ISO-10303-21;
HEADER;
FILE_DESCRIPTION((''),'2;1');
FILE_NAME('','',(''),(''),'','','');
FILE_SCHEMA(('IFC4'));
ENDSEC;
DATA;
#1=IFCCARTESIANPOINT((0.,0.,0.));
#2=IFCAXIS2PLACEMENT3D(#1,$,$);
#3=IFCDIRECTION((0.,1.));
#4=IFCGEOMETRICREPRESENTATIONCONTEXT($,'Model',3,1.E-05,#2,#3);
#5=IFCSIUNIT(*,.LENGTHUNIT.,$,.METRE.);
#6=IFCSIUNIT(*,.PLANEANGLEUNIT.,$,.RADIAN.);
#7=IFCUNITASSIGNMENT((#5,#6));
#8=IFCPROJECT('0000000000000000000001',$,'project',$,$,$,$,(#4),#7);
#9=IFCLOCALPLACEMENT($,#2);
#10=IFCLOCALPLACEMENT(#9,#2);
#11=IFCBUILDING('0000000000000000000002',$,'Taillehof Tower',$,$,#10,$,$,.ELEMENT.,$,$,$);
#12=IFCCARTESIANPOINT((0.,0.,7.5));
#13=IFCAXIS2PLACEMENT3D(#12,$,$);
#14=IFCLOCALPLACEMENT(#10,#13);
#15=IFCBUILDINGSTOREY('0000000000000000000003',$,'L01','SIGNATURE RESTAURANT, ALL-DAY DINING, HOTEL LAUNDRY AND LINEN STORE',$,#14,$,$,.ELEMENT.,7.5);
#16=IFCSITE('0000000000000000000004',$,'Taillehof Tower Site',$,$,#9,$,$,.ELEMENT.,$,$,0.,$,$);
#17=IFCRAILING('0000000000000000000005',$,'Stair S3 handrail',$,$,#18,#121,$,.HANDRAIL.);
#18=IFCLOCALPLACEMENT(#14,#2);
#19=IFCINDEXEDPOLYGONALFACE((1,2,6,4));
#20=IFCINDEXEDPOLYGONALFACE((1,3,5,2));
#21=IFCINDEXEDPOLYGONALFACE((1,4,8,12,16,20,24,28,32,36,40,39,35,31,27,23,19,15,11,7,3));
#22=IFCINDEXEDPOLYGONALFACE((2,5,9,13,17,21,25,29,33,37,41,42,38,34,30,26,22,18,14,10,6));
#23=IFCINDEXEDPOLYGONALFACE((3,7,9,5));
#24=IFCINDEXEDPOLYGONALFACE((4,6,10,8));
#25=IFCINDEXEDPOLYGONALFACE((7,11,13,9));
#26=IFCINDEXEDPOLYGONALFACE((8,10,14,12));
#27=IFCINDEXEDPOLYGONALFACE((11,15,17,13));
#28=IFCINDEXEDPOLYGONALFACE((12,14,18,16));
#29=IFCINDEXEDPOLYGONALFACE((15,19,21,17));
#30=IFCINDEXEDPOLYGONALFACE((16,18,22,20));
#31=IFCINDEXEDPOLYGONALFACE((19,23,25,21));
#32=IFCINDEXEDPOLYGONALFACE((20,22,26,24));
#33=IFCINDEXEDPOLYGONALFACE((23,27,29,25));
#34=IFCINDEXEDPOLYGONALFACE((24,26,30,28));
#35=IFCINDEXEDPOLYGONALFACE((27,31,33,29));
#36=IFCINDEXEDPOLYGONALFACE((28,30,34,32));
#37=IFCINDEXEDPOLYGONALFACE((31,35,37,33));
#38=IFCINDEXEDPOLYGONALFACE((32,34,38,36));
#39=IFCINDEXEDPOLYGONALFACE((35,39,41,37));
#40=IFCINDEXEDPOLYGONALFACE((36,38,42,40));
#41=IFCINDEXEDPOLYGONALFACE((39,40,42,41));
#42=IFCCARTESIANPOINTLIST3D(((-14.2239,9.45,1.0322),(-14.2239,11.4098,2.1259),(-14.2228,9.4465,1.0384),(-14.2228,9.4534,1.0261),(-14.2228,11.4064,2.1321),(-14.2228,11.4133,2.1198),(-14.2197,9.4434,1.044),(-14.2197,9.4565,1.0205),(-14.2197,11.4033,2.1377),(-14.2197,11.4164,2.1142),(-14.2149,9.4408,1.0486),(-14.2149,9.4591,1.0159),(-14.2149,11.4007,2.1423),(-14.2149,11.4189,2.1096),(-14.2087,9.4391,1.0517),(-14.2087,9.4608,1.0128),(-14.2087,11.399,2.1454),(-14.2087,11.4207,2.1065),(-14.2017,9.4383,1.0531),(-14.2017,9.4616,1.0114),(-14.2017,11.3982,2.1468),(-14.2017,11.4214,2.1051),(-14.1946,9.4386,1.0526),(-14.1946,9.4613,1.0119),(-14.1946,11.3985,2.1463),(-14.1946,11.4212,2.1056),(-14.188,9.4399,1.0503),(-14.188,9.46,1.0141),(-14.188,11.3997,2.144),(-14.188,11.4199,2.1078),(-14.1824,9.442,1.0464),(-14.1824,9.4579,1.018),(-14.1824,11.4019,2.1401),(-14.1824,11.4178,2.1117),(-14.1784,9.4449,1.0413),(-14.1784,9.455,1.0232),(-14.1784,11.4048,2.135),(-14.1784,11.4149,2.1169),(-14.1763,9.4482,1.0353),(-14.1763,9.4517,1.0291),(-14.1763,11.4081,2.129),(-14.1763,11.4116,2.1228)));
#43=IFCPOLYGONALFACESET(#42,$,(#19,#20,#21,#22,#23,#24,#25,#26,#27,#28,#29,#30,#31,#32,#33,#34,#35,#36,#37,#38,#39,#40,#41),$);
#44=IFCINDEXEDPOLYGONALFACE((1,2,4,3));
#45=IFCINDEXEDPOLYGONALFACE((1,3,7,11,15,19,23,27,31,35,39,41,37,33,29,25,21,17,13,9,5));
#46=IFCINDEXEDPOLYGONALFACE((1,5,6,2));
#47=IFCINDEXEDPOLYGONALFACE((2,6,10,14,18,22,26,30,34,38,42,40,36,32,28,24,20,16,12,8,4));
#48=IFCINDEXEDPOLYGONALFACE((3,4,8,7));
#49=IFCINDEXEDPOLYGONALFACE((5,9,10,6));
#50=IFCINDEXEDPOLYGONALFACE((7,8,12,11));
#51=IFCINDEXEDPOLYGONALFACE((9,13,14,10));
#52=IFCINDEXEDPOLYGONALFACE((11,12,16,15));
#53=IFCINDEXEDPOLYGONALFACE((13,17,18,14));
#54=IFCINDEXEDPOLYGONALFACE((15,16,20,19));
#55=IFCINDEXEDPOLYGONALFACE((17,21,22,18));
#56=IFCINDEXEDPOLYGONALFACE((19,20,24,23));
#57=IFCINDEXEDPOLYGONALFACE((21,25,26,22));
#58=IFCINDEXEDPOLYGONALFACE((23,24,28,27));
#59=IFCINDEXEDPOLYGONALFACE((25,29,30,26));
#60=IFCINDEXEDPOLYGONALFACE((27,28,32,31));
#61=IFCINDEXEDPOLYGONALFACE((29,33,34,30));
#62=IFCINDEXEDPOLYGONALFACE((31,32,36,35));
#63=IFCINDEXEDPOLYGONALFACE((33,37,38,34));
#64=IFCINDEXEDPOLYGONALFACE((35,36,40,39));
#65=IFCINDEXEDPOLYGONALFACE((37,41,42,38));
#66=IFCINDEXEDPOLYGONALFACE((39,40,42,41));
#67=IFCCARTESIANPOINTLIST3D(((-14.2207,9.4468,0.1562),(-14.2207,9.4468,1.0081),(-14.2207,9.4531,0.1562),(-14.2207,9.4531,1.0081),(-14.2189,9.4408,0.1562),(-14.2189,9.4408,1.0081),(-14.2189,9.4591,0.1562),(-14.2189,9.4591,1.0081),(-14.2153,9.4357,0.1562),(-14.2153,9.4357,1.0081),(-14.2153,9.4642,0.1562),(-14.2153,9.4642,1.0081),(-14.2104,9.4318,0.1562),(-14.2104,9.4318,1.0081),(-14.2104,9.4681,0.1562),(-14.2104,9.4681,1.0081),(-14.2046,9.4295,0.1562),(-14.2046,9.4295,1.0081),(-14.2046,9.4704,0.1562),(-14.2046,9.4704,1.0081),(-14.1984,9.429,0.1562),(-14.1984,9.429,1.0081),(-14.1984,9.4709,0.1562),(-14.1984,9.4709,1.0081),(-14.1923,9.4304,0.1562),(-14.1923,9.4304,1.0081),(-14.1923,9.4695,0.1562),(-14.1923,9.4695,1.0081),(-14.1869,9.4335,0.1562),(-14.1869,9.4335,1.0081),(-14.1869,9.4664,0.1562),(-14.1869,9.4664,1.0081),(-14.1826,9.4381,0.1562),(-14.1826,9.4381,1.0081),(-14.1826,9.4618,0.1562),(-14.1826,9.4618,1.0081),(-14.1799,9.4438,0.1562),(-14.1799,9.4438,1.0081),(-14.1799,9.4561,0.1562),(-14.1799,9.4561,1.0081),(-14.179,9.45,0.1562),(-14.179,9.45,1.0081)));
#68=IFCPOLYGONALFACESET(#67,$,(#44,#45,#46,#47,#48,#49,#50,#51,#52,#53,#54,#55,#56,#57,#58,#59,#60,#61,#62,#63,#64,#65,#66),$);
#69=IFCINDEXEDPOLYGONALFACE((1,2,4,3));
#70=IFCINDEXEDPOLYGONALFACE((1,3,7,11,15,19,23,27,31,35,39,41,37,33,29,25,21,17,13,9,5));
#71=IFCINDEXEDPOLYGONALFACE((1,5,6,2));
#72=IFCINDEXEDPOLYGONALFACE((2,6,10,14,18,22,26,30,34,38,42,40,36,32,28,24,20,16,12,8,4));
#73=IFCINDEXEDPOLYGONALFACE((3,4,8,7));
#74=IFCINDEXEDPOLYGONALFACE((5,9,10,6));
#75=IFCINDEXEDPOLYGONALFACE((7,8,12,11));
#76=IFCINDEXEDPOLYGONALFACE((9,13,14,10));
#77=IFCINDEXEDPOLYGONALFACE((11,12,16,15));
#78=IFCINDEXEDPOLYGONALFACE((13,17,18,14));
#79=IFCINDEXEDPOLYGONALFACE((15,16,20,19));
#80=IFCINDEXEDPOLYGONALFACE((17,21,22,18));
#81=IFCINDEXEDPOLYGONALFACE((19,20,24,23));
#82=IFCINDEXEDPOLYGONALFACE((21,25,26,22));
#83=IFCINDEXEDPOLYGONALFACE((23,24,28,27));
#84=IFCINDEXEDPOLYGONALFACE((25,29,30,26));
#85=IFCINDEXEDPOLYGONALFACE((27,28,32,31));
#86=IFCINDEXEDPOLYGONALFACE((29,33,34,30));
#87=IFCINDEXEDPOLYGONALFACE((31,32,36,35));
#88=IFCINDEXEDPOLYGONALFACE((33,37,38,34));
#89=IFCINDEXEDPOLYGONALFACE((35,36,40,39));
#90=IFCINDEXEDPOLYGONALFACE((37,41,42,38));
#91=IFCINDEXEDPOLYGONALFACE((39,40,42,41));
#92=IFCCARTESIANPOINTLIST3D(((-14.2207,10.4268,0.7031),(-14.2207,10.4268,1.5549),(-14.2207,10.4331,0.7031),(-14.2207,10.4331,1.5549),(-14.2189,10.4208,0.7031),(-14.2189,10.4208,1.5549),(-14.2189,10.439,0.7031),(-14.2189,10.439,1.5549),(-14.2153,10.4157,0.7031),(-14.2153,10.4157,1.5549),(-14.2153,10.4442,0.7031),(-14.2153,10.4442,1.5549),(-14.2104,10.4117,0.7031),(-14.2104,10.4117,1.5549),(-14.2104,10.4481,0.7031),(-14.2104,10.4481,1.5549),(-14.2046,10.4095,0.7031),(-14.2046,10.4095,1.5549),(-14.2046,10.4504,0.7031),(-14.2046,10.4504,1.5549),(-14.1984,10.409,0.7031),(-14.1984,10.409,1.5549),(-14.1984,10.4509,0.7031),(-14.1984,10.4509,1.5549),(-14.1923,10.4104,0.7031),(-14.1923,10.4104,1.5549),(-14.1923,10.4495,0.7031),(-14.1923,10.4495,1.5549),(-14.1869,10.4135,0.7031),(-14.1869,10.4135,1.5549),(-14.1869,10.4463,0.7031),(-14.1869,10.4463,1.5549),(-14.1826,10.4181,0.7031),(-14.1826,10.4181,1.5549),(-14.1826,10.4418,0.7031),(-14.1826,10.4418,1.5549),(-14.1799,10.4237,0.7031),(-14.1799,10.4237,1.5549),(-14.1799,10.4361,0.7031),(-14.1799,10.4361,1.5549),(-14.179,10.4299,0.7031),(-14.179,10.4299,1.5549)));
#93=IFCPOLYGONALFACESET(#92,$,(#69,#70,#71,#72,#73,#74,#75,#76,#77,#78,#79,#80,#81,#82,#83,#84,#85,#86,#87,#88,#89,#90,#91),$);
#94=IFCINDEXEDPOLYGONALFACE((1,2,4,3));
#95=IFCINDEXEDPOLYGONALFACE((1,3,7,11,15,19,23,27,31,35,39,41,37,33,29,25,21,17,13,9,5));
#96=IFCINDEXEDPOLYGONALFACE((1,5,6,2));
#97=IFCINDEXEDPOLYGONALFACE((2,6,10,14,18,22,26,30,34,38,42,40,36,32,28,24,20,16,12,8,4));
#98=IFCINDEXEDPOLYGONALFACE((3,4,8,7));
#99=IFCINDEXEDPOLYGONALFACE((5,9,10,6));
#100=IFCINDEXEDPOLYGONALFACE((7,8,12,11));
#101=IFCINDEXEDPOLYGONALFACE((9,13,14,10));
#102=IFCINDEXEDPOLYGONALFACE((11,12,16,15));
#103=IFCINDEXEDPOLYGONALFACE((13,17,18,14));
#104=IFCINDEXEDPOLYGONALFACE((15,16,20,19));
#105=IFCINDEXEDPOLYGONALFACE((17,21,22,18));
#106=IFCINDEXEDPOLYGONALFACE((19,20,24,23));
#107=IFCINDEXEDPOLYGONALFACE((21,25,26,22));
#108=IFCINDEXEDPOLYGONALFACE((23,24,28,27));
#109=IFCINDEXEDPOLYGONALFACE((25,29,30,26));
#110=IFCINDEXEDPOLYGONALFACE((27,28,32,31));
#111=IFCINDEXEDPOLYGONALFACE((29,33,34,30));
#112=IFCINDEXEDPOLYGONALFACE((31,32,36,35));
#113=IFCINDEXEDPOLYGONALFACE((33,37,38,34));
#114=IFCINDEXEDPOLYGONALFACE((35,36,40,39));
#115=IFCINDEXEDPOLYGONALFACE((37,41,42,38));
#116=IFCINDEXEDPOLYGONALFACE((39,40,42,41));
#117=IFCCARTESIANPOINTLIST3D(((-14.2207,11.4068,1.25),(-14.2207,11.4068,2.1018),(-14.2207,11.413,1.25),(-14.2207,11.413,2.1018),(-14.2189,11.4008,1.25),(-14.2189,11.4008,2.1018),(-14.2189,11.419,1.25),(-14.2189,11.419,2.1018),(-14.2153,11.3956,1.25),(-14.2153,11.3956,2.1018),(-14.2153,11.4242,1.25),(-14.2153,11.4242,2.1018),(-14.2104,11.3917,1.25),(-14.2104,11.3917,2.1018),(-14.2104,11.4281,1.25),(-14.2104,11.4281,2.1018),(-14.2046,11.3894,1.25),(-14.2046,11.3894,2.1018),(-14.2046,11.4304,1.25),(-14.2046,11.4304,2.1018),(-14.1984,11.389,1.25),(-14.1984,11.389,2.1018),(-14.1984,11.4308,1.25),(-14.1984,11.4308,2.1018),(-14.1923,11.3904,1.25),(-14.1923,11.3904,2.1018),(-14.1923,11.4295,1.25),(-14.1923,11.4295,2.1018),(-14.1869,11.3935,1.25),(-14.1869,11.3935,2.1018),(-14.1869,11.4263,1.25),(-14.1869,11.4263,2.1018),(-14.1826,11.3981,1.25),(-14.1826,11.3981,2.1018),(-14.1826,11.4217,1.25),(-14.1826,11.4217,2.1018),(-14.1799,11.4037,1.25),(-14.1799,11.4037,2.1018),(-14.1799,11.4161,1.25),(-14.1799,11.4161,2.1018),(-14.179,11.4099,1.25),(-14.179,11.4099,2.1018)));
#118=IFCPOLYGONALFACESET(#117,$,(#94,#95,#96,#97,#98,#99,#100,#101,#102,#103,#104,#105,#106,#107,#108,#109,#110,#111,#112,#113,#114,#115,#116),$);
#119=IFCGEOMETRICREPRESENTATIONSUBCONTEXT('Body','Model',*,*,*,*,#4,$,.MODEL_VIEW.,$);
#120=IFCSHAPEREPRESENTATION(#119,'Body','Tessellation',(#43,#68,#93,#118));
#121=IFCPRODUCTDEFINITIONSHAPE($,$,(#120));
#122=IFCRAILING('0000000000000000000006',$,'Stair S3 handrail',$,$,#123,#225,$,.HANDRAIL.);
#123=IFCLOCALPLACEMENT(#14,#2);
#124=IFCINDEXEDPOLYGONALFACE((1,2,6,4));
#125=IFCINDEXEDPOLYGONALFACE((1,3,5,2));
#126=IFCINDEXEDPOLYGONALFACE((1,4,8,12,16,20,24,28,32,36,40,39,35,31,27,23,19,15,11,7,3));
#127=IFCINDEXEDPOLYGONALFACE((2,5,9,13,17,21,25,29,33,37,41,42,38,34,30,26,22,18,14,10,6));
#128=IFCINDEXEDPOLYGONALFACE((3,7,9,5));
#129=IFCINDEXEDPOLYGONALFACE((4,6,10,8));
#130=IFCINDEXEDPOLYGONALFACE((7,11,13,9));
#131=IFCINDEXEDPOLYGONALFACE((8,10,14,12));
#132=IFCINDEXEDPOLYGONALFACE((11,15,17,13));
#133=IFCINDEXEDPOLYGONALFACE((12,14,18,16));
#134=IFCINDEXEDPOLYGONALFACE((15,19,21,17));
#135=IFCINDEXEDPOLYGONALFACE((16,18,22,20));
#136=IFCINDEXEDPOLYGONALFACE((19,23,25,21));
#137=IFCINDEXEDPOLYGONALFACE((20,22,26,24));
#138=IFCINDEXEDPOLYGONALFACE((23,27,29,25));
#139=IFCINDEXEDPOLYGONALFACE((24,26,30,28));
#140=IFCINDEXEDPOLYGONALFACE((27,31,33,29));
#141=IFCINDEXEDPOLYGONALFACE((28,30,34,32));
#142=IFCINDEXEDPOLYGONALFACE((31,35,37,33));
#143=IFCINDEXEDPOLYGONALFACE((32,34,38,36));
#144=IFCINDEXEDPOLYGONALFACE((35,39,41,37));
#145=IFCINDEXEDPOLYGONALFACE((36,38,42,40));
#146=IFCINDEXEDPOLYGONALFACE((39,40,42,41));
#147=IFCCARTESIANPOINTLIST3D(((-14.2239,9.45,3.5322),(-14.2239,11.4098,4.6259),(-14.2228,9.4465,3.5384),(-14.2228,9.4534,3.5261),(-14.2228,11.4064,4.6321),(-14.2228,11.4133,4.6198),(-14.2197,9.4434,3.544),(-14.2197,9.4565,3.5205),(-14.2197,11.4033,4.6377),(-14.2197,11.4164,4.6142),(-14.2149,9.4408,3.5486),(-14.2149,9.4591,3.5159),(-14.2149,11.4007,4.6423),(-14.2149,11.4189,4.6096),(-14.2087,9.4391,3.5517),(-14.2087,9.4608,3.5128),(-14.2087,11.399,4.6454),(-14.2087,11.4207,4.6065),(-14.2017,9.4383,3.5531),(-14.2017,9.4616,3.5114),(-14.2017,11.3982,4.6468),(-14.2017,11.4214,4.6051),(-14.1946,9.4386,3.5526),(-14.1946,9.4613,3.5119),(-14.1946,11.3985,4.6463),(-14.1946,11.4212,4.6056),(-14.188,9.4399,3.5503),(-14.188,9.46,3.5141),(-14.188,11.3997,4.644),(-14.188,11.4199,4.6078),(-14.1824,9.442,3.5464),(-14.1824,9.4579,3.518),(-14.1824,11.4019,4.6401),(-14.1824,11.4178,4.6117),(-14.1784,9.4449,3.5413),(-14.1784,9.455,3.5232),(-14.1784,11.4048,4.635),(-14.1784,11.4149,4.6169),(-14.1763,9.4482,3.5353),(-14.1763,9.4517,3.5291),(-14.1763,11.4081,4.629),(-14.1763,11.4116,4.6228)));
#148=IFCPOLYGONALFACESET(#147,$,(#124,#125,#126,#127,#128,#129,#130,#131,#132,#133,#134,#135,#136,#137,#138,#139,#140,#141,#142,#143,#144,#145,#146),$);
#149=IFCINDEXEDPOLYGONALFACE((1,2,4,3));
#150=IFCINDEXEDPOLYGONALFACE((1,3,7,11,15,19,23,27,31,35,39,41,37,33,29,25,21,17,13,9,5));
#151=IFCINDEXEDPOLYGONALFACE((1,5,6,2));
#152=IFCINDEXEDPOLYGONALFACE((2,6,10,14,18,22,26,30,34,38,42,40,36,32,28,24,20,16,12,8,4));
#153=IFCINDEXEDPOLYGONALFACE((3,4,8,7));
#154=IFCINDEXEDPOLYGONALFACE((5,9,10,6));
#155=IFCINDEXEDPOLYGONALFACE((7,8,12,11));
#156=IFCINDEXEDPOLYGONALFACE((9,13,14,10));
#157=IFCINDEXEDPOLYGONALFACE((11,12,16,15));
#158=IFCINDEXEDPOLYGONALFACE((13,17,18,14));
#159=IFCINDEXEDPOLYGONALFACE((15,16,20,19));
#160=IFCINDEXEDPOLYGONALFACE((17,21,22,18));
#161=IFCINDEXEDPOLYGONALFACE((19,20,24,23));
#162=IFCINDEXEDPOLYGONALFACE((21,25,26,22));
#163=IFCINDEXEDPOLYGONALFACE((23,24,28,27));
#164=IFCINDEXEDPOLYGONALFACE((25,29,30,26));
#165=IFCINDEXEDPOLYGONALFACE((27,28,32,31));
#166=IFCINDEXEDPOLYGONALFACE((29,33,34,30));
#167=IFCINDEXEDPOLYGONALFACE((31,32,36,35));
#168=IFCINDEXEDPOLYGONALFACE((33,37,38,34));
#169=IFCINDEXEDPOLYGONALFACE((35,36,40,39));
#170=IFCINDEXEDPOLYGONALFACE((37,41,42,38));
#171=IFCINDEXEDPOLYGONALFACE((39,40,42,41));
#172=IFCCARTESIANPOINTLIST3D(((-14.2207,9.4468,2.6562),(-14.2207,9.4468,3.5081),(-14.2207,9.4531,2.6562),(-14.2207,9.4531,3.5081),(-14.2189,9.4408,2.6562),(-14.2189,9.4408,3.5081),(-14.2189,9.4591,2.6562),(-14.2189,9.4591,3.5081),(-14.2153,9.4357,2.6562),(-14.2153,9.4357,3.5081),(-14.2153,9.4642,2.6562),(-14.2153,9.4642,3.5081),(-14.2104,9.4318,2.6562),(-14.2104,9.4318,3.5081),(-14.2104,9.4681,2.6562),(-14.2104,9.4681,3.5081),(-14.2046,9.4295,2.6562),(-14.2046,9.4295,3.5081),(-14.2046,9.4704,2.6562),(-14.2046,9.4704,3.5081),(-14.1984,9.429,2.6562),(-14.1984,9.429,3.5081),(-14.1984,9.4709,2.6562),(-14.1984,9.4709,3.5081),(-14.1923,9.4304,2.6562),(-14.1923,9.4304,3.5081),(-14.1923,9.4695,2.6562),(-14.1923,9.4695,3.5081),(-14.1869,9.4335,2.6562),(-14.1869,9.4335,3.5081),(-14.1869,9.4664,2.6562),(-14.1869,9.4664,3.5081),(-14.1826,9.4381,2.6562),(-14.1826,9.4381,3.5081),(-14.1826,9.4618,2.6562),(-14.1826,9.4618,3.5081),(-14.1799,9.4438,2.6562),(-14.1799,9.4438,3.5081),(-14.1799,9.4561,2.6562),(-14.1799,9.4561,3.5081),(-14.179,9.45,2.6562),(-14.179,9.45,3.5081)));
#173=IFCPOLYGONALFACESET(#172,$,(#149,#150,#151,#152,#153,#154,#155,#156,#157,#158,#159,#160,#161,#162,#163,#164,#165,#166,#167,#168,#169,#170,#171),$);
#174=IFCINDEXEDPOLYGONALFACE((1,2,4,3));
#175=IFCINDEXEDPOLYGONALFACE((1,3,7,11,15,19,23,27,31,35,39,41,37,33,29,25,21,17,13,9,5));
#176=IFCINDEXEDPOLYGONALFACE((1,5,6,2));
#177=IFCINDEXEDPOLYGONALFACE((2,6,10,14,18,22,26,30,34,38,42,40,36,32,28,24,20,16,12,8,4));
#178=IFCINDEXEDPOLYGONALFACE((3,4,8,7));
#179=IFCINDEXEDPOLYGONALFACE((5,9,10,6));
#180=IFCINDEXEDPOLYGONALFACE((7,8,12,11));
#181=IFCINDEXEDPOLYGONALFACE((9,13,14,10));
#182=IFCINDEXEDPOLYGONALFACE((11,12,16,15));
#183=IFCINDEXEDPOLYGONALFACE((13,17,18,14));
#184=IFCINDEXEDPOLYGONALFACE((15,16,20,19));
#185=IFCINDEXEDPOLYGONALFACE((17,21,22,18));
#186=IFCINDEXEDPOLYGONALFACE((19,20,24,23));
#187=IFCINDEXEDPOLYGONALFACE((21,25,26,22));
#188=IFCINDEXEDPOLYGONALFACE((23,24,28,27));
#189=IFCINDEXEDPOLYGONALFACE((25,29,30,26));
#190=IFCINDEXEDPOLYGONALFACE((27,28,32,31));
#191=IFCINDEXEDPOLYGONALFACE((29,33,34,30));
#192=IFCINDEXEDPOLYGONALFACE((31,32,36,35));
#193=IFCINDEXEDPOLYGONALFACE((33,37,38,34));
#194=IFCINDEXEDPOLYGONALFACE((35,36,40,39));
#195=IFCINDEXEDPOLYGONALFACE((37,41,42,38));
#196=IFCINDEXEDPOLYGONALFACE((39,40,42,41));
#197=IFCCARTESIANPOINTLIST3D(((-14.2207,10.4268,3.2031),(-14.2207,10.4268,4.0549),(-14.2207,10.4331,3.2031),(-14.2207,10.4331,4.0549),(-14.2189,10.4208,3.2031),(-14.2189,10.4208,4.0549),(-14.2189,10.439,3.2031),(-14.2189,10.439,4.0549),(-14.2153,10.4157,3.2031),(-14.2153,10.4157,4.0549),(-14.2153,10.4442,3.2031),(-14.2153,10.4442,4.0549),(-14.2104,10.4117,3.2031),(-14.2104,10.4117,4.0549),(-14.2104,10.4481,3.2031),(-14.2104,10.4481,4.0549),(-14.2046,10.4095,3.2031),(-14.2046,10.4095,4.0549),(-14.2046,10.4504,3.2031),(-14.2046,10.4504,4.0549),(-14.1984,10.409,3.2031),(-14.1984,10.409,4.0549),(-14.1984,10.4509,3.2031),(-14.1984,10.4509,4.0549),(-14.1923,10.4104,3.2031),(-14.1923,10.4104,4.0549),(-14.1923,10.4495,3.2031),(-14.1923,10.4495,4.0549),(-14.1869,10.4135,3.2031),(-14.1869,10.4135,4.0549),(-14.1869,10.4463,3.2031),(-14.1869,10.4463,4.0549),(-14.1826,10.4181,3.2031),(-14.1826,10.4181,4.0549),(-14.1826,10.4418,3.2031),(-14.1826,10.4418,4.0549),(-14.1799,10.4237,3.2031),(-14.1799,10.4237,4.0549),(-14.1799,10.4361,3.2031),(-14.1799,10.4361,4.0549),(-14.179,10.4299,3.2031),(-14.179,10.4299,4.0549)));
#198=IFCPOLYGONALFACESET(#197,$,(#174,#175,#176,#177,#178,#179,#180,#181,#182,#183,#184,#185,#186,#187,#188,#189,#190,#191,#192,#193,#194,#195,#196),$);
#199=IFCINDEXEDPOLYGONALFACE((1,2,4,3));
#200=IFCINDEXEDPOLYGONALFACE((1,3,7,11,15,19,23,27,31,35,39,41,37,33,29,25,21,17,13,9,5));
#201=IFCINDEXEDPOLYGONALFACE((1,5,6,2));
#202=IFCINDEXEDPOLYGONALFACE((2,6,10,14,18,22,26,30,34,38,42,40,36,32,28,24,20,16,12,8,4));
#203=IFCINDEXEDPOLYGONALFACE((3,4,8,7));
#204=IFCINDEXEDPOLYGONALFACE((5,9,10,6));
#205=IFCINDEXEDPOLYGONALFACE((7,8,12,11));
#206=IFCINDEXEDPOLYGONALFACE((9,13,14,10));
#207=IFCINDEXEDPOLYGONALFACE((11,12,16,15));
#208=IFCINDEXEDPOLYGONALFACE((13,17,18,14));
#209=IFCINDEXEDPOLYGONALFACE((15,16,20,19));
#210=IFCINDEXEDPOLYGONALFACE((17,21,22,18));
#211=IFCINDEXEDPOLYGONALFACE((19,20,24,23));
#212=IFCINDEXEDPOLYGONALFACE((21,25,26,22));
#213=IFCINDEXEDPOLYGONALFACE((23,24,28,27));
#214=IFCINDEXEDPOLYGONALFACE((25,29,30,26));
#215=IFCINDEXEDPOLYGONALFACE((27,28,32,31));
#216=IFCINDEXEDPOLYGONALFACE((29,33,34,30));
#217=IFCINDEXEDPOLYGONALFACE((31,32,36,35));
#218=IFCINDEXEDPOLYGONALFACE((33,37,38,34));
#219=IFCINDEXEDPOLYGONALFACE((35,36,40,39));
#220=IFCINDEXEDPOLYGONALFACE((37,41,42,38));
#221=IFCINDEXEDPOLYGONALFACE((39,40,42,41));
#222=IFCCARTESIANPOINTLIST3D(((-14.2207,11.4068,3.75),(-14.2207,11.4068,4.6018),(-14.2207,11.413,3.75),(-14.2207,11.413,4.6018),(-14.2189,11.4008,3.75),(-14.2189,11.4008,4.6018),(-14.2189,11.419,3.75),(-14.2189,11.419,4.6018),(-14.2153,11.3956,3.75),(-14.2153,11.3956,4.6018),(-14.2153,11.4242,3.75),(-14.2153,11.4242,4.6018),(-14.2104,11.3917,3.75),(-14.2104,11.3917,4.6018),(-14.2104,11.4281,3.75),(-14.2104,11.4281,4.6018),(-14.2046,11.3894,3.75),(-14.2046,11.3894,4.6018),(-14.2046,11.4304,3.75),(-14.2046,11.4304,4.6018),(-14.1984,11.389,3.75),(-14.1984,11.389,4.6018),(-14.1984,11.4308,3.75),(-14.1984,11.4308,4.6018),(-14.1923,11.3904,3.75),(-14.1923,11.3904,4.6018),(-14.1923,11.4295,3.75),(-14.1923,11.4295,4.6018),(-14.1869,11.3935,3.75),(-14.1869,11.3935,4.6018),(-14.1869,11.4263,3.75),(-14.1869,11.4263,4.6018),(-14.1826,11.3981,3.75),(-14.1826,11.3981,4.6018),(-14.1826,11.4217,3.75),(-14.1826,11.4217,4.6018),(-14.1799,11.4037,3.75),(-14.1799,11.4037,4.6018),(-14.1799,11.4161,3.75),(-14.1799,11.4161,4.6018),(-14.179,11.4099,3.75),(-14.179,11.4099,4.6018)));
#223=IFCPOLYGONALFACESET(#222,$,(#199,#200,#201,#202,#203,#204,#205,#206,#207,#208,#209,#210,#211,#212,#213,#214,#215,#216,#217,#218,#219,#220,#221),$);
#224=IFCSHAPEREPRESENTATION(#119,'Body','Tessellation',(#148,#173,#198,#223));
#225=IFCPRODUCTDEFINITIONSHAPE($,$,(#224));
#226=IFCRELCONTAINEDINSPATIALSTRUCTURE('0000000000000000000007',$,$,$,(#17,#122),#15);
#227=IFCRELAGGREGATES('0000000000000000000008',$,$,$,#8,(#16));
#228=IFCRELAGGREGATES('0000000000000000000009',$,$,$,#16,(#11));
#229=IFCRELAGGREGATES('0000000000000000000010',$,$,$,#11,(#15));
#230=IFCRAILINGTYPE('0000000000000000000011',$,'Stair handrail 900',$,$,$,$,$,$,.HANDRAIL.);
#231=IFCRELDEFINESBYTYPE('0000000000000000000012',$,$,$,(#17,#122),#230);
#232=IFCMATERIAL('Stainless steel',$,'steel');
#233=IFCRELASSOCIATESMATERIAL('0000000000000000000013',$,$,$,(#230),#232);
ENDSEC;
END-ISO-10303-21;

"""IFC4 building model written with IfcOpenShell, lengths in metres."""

from ifc_helpers import new_model, si_unit, direction, frame, origin, origin_2d, place, context, subcontext, project, spatial, circle, extrude, material, type_object, element, save


model = new_model("IFC4")

# Units and contexts
model_context = context("Model", 3, precision=1e-05, world=origin(), true_north=direction((0.0, 1.0)))
body_context = subcontext(model_context, "Body", "Model", "MODEL_VIEW")
ifc_project = project(units=[si_unit("LENGTHUNIT", "METRE"), si_unit("PLANEANGLEUNIT", "RADIAN")], contexts=[model_context])

# Site, building, storey
site_placement = place(None, origin())
site = spatial("IfcSite", under=ifc_project, at=site_placement, Name="Taillehof Tower Site", CompositionType="ELEMENT", RefElevation=0.0)
building_placement = place(site_placement, origin())
building = spatial("IfcBuilding", under=site, at=building_placement, Name="Taillehof Tower", CompositionType="ELEMENT")
storey_placement = place(building_placement, frame((0.0, 0.0, 7.5)))
storey = spatial("IfcBuildingStorey", under=building, at=storey_placement, Name="L01", Description="SIGNATURE RESTAURANT, ALL-DAY DINING, HOTEL LAUNDRY AND LINEN STORE", CompositionType="ELEMENT", Elevation=7.5)

# Railings
ifc_material_1 = material(Name="Stainless steel", Category="steel")
railing_type_1 = type_object("IfcRailingType", Name="Stair handrail 900", PredefinedType="HANDRAIL", material=ifc_material_1)
for number, where, name in (
    (1, (-14.2, 9.45, 0.1562), "Stair S3 handrail"),
    (2, (-14.2, 9.45, 2.6562), "Stair S3 handrail"),
):
    element("IfcRailing", number, at=place(storey_placement, frame(where)), inside=storey, type_object=railing_type_1, Name=name, PredefinedType="HANDRAIL", context=body_context, shape_type="SweptSolid", body=[
        extrude(circle(Radius=0.0239, at=origin_2d()), frame((0.0, 0.0, 0.876), z_axis=(0.0, 0.873232, 0.487304), x_axis=(-1.0, 0.0, 0.0)), (0.0, 0.0, 1.0), 2.2444),
        extrude(circle(Radius=0.021, at=origin_2d()), origin(), (0.0, 0.0, 1.0), 0.8518),
        extrude(circle(Radius=0.021, at=origin_2d()), frame((0.0, 0.98, 0.5469)), (0.0, 0.0, 1.0), 0.8518),
        extrude(circle(Radius=0.021, at=origin_2d()), frame((0.0, 1.96, 1.0938)), (0.0, 0.0, 1.0), 0.8518),
    ])

save(model, "model.ifc")
